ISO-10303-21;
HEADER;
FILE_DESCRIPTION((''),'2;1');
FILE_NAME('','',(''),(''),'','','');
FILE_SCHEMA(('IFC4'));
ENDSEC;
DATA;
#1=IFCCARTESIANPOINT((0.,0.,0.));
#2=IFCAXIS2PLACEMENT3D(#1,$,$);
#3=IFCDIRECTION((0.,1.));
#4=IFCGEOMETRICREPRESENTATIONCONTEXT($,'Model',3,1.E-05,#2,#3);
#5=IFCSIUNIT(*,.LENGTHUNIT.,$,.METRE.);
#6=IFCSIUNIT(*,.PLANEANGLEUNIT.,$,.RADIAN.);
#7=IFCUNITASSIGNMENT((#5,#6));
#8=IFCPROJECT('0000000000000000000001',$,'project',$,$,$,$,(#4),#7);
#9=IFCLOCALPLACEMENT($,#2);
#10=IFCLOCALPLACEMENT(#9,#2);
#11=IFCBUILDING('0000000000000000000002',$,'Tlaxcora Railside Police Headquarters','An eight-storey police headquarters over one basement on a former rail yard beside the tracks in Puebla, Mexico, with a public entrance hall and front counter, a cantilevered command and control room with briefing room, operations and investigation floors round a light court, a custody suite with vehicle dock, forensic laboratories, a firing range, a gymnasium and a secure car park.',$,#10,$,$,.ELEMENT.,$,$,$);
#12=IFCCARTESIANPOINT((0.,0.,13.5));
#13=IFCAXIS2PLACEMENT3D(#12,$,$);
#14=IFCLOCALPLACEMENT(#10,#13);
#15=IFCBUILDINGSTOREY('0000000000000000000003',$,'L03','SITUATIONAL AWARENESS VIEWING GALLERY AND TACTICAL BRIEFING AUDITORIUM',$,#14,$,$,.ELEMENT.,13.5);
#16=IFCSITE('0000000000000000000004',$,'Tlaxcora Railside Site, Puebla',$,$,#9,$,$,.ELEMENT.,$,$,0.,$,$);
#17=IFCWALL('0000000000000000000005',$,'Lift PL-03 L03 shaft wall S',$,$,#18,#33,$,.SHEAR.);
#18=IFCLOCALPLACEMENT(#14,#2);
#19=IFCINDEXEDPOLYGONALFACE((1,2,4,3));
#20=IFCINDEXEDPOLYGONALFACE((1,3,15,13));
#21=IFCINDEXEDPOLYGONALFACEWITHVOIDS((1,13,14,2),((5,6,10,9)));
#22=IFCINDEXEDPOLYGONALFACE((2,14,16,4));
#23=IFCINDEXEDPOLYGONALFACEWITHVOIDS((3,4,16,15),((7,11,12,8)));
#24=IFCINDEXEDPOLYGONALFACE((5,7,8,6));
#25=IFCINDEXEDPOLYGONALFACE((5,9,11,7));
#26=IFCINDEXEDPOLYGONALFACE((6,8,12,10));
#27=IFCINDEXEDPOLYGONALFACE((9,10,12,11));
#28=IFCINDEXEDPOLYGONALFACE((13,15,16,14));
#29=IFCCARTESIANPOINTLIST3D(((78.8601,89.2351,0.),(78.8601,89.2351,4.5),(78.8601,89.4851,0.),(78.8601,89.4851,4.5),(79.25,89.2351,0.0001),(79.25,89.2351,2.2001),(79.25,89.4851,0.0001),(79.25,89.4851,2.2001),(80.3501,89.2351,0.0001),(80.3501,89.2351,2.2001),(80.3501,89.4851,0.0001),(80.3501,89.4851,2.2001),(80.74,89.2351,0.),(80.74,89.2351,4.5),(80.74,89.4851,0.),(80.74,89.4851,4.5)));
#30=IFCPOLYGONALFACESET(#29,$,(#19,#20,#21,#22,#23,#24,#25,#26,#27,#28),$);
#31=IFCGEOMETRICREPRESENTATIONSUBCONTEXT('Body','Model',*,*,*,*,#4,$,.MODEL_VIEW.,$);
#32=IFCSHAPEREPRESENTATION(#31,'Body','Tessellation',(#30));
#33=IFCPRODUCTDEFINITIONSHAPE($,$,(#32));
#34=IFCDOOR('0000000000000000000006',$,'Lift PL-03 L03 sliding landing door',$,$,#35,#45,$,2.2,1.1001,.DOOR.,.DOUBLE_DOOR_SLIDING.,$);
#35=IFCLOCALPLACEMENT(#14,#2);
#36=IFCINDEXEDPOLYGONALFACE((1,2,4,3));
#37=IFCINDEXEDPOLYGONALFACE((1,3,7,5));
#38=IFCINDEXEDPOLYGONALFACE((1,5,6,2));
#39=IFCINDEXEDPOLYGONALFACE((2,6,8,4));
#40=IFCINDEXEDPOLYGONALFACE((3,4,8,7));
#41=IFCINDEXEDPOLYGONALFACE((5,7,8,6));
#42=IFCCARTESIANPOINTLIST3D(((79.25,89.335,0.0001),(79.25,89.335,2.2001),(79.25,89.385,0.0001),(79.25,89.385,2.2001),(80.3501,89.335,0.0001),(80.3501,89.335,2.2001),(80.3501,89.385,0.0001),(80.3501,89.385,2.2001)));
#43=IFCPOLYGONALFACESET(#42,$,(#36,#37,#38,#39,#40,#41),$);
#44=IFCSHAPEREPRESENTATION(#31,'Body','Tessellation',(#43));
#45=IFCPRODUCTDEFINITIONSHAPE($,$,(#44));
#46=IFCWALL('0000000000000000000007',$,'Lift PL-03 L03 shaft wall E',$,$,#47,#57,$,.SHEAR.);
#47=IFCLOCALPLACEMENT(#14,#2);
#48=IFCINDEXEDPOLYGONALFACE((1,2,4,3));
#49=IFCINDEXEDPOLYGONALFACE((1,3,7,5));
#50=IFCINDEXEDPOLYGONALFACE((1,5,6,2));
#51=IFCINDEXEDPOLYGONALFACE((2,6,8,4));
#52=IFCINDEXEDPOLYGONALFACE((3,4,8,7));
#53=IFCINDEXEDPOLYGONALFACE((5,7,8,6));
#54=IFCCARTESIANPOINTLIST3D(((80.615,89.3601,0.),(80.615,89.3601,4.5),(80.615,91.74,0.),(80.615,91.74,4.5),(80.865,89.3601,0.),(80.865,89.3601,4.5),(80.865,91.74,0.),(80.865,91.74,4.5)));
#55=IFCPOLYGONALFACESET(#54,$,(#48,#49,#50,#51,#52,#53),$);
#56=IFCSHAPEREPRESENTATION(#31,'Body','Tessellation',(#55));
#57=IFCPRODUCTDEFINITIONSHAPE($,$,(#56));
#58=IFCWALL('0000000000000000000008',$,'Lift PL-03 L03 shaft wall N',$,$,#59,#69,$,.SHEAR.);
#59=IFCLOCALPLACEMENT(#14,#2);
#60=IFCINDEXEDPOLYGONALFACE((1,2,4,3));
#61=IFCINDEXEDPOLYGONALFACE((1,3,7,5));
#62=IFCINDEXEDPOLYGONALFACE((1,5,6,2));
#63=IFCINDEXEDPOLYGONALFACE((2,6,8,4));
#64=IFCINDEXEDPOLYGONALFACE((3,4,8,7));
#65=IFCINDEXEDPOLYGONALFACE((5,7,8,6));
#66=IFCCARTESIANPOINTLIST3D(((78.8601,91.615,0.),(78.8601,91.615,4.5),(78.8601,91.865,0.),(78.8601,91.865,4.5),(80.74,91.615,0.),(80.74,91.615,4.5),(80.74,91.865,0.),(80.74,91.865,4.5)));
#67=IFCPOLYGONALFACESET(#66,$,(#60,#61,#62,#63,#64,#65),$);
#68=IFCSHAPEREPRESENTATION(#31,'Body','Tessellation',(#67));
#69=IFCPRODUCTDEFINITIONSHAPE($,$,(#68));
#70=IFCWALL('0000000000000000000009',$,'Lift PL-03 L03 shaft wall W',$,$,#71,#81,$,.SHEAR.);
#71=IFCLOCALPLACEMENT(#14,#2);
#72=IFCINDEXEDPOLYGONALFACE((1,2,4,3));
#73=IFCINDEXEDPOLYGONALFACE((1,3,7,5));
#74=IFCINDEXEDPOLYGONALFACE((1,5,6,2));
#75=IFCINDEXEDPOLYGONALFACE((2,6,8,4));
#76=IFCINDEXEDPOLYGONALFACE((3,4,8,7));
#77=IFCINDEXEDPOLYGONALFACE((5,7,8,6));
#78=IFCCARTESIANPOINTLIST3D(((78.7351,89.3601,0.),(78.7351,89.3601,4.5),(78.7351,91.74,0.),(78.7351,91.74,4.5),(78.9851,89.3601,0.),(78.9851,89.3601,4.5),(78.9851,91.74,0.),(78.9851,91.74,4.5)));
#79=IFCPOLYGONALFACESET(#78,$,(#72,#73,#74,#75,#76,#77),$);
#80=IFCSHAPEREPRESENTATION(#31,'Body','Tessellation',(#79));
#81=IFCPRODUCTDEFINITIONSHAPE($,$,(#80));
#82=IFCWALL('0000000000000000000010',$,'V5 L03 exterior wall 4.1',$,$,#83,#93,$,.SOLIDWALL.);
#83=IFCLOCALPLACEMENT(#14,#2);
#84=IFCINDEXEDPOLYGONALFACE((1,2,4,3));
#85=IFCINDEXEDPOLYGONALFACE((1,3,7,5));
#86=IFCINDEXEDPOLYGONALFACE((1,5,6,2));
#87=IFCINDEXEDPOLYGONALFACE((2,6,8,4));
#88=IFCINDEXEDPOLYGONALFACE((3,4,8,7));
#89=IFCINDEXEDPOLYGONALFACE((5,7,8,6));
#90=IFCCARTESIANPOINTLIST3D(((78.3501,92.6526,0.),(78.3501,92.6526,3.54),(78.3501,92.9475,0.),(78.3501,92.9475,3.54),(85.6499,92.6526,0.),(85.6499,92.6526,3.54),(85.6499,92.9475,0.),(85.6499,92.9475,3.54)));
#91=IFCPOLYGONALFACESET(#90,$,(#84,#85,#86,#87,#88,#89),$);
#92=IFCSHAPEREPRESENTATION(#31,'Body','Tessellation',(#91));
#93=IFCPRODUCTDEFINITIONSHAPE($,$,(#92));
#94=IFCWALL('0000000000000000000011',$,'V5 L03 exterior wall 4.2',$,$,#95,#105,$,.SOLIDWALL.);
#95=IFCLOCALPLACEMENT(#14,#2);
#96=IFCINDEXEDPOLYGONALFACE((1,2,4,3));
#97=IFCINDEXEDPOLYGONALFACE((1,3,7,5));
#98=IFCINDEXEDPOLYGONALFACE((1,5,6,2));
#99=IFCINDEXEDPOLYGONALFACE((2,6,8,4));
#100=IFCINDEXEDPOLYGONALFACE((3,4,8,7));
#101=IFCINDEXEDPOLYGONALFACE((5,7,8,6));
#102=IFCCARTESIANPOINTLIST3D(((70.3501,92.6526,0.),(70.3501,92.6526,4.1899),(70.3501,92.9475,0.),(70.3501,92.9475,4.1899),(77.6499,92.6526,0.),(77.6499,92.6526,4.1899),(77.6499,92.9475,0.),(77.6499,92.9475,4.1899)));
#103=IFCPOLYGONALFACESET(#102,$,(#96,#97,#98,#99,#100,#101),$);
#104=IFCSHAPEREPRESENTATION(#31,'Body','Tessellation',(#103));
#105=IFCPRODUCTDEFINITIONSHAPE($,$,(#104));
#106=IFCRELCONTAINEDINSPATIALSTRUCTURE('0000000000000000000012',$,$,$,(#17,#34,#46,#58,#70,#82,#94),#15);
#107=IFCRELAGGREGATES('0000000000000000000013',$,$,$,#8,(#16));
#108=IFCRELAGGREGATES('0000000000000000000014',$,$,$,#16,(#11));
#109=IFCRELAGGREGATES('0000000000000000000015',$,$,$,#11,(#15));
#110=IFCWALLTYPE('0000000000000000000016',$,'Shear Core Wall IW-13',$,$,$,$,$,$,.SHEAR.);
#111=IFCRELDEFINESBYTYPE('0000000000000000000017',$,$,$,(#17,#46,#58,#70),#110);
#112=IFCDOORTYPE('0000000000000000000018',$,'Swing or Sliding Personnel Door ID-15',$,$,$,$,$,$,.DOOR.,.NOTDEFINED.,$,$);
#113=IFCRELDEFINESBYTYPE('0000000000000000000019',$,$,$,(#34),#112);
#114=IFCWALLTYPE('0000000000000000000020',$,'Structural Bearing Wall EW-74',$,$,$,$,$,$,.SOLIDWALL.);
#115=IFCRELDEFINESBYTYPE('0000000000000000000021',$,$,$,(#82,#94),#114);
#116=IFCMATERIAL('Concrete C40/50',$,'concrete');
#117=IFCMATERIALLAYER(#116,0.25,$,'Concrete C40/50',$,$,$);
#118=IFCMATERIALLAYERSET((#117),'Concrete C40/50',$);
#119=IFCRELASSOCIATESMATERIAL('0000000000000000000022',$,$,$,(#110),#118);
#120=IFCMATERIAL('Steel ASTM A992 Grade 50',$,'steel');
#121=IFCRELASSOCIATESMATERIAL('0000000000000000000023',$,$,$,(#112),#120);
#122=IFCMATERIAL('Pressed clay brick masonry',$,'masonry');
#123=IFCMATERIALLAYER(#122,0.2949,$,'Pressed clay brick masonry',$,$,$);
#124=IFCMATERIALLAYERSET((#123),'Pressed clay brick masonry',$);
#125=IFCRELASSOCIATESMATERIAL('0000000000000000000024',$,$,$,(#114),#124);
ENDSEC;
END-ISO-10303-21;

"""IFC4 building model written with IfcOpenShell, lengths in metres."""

from ifc_helpers import new_model, si_unit, direction, frame, frame_2d, origin, place, context, subcontext, project, spatial, rectangle, extrude, material, layer, layer_set, type_object, element, fill, save


model = new_model("IFC4")

# Units and contexts
model_context = context("Model", 3, precision=1e-05, world=origin(), true_north=direction((0.0, 1.0)))
body_context = subcontext(model_context, "Body", "Model", "MODEL_VIEW")
ifc_project = project(units=[si_unit("LENGTHUNIT", "METRE"), si_unit("PLANEANGLEUNIT", "RADIAN")], contexts=[model_context])

# Site, building, storey
site_placement = place(None, origin())
site = spatial("IfcSite", under=ifc_project, at=site_placement, Name="Tlaxcora Railside Site, Puebla", CompositionType="ELEMENT", RefElevation=0.0)
building_placement = place(site_placement, origin())
building = spatial("IfcBuilding", under=site, at=building_placement, Name="Tlaxcora Railside Police Headquarters", Description="An eight-storey police headquarters over one basement on a former rail yard beside the tracks in Puebla, Mexico, with a public entrance hall and front counter, a cantilevered command and control room with briefing room, operations and investigation floors round a light court, a custody suite with vehicle dock, forensic laboratories, a firing range, a gymnasium and a secure car park.", CompositionType="ELEMENT")
storey_placement = place(building_placement, frame((0.0, 0.0, 13.5)))
storey = spatial("IfcBuildingStorey", under=building, at=storey_placement, Name="L03", Description="SITUATIONAL AWARENESS VIEWING GALLERY AND TACTICAL BRIEFING AUDITORIUM", CompositionType="ELEMENT", Elevation=13.5)

# Shared definitions
ifc_material_1 = material(Name="Concrete C40/50", Category="concrete")

# Shared definitions
ifc_material_2 = material(Name="Steel ASTM A992 Grade 50", Category="steel")

# Shared definitions
ifc_layer_1 = layer(ifc_material_1, 0.25, Name="Concrete C40/50")
ifc_layer_set_1 = layer_set([ifc_layer_1], Name="Concrete C40/50")
wall_type_1 = type_object("IfcWallType", Name="Shear Core Wall IW-13", PredefinedType="SHEAR", material=ifc_layer_set_1)

# Wall, opening, door
wall_1_placement = place(storey_placement, frame((78.8601, 89.3601, 0.0), z_axis=(0.0, 0.0, 1.0), x_axis=(1.0, 0.0, 0.0)))
wall_1 = element("IfcWall", 1, at=wall_1_placement, inside=storey, type_object=wall_type_1, Name="Lift PL-03 L03 shaft wall S", PredefinedType="SHEAR", context=body_context, shape_type="SweptSolid", body=[
    extrude(rectangle(XDim=1.8799, YDim=0.25, at=frame_2d((0.9399, 0.0))), origin(), (0.0, 0.0, 1.0), 4.5),
])
opening_placement = place(wall_1_placement, frame((0.3899, 0.0, 0.0)))
opening = element("IfcOpeningElement", 2, at=opening_placement, cuts=wall_1, PredefinedType="OPENING", context=body_context, shape_type="SweptSolid", body=[
    extrude(rectangle(XDim=1.1001, YDim=2.2, at=frame_2d((0.55, 1.1001))), frame((0.0, 0.135, 0.0), z_axis=(0.0, -1.0, 0.0), x_axis=(1.0, 0.0, 0.0)), (0.0, 0.0, 1.0), 0.27),
])
door_type = type_object("IfcDoorType", Name="Swing or Sliding Personnel Door ID-15", OperationType="NOTDEFINED", PredefinedType="DOOR", material=ifc_material_2)
door_placement = place(opening_placement, origin())
door = element("IfcDoor", 3, at=door_placement, inside=storey, type_object=door_type, Name="Lift PL-03 L03 sliding landing door", OperationType="DOUBLE_DOOR_SLIDING", OverallHeight=2.2, OverallWidth=1.1001, PredefinedType="DOOR", context=body_context, shape_type="SweptSolid", body=[
    extrude(rectangle(XDim=1.1001, YDim=2.2, at=frame_2d((0.55, 1.1001))), frame((0.0, 0.0249, 0.0), z_axis=(0.0, -1.0, 0.0), x_axis=(1.0, 0.0, 0.0)), (0.0, 0.0, 1.0), 0.05),
])
fill(opening, door)

# Walls
wall_2_placement = place(storey_placement, frame((80.74, 89.3601, 0.0), z_axis=(0.0, 0.0, 1.0), x_axis=(0.0, 1.0, 0.0)))
element("IfcWall", 4, at=wall_2_placement, inside=storey, type_object=wall_type_1, Name="Lift PL-03 L03 shaft wall E", PredefinedType="SHEAR", context=body_context, shape_type="SweptSolid", body=[
    extrude(rectangle(XDim=2.3799, YDim=0.25, at=frame_2d((1.1899, 0.0))), origin(), (0.0, 0.0, 1.0), 4.5),
])
wall_3_placement = place(storey_placement, frame((80.74, 91.74, 0.0), z_axis=(0.0, 0.0, 1.0), x_axis=(-1.0, 0.0, 0.0)))
element("IfcWall", 5, at=wall_3_placement, inside=storey, type_object=wall_type_1, Name="Lift PL-03 L03 shaft wall N", PredefinedType="SHEAR", context=body_context, shape_type="SweptSolid", body=[
    extrude(rectangle(XDim=1.8799, YDim=0.25, at=frame_2d((0.9399, 0.0))), origin(), (0.0, 0.0, 1.0), 4.5),
])
wall_4_placement = place(storey_placement, frame((78.8601, 91.74, 0.0), z_axis=(0.0, 0.0, 1.0), x_axis=(0.0, -1.0, 0.0)))
element("IfcWall", 6, at=wall_4_placement, inside=storey, type_object=wall_type_1, Name="Lift PL-03 L03 shaft wall W", PredefinedType="SHEAR", context=body_context, shape_type="SweptSolid", body=[
    extrude(rectangle(XDim=2.3799, YDim=0.25, at=frame_2d((1.1899, 0.0))), origin(), (0.0, 0.0, 1.0), 4.5),
])
ifc_material_3 = material(Name="Pressed clay brick masonry", Category="masonry")
ifc_layer_2 = layer(ifc_material_3, 0.2949, Name="Pressed clay brick masonry")
ifc_layer_set_2 = layer_set([ifc_layer_2], Name="Pressed clay brick masonry")
wall_type_2 = type_object("IfcWallType", Name="Structural Bearing Wall EW-74", PredefinedType="SOLIDWALL", material=ifc_layer_set_2)
wall_5_placement = place(storey_placement, frame((85.6499, 92.8, 0.0), z_axis=(0.0, 0.0, 1.0), x_axis=(-1.0, 0.0, 0.0)))
element("IfcWall", 7, at=wall_5_placement, inside=storey, type_object=wall_type_2, Name="V5 L03 exterior wall 4.1", PredefinedType="SOLIDWALL", context=body_context, shape_type="SweptSolid", body=[
    extrude(rectangle(XDim=7.2998, YDim=0.2949, at=frame_2d((3.6499, 0.0))), origin(), (0.0, 0.0, 1.0), 3.54),
])
wall_6_placement = place(storey_placement, frame((77.6499, 92.8, 0.0), z_axis=(0.0, 0.0, 1.0), x_axis=(-1.0, 0.0, 0.0)))
element("IfcWall", 8, at=wall_6_placement, inside=storey, type_object=wall_type_2, Name="V5 L03 exterior wall 4.2", PredefinedType="SOLIDWALL", context=body_context, shape_type="SweptSolid", body=[
    extrude(rectangle(XDim=7.2998, YDim=0.2949, at=frame_2d((3.6499, 0.0))), origin(), (0.0, 0.0, 1.0), 4.1899),
])

save(model, "model.ifc")
